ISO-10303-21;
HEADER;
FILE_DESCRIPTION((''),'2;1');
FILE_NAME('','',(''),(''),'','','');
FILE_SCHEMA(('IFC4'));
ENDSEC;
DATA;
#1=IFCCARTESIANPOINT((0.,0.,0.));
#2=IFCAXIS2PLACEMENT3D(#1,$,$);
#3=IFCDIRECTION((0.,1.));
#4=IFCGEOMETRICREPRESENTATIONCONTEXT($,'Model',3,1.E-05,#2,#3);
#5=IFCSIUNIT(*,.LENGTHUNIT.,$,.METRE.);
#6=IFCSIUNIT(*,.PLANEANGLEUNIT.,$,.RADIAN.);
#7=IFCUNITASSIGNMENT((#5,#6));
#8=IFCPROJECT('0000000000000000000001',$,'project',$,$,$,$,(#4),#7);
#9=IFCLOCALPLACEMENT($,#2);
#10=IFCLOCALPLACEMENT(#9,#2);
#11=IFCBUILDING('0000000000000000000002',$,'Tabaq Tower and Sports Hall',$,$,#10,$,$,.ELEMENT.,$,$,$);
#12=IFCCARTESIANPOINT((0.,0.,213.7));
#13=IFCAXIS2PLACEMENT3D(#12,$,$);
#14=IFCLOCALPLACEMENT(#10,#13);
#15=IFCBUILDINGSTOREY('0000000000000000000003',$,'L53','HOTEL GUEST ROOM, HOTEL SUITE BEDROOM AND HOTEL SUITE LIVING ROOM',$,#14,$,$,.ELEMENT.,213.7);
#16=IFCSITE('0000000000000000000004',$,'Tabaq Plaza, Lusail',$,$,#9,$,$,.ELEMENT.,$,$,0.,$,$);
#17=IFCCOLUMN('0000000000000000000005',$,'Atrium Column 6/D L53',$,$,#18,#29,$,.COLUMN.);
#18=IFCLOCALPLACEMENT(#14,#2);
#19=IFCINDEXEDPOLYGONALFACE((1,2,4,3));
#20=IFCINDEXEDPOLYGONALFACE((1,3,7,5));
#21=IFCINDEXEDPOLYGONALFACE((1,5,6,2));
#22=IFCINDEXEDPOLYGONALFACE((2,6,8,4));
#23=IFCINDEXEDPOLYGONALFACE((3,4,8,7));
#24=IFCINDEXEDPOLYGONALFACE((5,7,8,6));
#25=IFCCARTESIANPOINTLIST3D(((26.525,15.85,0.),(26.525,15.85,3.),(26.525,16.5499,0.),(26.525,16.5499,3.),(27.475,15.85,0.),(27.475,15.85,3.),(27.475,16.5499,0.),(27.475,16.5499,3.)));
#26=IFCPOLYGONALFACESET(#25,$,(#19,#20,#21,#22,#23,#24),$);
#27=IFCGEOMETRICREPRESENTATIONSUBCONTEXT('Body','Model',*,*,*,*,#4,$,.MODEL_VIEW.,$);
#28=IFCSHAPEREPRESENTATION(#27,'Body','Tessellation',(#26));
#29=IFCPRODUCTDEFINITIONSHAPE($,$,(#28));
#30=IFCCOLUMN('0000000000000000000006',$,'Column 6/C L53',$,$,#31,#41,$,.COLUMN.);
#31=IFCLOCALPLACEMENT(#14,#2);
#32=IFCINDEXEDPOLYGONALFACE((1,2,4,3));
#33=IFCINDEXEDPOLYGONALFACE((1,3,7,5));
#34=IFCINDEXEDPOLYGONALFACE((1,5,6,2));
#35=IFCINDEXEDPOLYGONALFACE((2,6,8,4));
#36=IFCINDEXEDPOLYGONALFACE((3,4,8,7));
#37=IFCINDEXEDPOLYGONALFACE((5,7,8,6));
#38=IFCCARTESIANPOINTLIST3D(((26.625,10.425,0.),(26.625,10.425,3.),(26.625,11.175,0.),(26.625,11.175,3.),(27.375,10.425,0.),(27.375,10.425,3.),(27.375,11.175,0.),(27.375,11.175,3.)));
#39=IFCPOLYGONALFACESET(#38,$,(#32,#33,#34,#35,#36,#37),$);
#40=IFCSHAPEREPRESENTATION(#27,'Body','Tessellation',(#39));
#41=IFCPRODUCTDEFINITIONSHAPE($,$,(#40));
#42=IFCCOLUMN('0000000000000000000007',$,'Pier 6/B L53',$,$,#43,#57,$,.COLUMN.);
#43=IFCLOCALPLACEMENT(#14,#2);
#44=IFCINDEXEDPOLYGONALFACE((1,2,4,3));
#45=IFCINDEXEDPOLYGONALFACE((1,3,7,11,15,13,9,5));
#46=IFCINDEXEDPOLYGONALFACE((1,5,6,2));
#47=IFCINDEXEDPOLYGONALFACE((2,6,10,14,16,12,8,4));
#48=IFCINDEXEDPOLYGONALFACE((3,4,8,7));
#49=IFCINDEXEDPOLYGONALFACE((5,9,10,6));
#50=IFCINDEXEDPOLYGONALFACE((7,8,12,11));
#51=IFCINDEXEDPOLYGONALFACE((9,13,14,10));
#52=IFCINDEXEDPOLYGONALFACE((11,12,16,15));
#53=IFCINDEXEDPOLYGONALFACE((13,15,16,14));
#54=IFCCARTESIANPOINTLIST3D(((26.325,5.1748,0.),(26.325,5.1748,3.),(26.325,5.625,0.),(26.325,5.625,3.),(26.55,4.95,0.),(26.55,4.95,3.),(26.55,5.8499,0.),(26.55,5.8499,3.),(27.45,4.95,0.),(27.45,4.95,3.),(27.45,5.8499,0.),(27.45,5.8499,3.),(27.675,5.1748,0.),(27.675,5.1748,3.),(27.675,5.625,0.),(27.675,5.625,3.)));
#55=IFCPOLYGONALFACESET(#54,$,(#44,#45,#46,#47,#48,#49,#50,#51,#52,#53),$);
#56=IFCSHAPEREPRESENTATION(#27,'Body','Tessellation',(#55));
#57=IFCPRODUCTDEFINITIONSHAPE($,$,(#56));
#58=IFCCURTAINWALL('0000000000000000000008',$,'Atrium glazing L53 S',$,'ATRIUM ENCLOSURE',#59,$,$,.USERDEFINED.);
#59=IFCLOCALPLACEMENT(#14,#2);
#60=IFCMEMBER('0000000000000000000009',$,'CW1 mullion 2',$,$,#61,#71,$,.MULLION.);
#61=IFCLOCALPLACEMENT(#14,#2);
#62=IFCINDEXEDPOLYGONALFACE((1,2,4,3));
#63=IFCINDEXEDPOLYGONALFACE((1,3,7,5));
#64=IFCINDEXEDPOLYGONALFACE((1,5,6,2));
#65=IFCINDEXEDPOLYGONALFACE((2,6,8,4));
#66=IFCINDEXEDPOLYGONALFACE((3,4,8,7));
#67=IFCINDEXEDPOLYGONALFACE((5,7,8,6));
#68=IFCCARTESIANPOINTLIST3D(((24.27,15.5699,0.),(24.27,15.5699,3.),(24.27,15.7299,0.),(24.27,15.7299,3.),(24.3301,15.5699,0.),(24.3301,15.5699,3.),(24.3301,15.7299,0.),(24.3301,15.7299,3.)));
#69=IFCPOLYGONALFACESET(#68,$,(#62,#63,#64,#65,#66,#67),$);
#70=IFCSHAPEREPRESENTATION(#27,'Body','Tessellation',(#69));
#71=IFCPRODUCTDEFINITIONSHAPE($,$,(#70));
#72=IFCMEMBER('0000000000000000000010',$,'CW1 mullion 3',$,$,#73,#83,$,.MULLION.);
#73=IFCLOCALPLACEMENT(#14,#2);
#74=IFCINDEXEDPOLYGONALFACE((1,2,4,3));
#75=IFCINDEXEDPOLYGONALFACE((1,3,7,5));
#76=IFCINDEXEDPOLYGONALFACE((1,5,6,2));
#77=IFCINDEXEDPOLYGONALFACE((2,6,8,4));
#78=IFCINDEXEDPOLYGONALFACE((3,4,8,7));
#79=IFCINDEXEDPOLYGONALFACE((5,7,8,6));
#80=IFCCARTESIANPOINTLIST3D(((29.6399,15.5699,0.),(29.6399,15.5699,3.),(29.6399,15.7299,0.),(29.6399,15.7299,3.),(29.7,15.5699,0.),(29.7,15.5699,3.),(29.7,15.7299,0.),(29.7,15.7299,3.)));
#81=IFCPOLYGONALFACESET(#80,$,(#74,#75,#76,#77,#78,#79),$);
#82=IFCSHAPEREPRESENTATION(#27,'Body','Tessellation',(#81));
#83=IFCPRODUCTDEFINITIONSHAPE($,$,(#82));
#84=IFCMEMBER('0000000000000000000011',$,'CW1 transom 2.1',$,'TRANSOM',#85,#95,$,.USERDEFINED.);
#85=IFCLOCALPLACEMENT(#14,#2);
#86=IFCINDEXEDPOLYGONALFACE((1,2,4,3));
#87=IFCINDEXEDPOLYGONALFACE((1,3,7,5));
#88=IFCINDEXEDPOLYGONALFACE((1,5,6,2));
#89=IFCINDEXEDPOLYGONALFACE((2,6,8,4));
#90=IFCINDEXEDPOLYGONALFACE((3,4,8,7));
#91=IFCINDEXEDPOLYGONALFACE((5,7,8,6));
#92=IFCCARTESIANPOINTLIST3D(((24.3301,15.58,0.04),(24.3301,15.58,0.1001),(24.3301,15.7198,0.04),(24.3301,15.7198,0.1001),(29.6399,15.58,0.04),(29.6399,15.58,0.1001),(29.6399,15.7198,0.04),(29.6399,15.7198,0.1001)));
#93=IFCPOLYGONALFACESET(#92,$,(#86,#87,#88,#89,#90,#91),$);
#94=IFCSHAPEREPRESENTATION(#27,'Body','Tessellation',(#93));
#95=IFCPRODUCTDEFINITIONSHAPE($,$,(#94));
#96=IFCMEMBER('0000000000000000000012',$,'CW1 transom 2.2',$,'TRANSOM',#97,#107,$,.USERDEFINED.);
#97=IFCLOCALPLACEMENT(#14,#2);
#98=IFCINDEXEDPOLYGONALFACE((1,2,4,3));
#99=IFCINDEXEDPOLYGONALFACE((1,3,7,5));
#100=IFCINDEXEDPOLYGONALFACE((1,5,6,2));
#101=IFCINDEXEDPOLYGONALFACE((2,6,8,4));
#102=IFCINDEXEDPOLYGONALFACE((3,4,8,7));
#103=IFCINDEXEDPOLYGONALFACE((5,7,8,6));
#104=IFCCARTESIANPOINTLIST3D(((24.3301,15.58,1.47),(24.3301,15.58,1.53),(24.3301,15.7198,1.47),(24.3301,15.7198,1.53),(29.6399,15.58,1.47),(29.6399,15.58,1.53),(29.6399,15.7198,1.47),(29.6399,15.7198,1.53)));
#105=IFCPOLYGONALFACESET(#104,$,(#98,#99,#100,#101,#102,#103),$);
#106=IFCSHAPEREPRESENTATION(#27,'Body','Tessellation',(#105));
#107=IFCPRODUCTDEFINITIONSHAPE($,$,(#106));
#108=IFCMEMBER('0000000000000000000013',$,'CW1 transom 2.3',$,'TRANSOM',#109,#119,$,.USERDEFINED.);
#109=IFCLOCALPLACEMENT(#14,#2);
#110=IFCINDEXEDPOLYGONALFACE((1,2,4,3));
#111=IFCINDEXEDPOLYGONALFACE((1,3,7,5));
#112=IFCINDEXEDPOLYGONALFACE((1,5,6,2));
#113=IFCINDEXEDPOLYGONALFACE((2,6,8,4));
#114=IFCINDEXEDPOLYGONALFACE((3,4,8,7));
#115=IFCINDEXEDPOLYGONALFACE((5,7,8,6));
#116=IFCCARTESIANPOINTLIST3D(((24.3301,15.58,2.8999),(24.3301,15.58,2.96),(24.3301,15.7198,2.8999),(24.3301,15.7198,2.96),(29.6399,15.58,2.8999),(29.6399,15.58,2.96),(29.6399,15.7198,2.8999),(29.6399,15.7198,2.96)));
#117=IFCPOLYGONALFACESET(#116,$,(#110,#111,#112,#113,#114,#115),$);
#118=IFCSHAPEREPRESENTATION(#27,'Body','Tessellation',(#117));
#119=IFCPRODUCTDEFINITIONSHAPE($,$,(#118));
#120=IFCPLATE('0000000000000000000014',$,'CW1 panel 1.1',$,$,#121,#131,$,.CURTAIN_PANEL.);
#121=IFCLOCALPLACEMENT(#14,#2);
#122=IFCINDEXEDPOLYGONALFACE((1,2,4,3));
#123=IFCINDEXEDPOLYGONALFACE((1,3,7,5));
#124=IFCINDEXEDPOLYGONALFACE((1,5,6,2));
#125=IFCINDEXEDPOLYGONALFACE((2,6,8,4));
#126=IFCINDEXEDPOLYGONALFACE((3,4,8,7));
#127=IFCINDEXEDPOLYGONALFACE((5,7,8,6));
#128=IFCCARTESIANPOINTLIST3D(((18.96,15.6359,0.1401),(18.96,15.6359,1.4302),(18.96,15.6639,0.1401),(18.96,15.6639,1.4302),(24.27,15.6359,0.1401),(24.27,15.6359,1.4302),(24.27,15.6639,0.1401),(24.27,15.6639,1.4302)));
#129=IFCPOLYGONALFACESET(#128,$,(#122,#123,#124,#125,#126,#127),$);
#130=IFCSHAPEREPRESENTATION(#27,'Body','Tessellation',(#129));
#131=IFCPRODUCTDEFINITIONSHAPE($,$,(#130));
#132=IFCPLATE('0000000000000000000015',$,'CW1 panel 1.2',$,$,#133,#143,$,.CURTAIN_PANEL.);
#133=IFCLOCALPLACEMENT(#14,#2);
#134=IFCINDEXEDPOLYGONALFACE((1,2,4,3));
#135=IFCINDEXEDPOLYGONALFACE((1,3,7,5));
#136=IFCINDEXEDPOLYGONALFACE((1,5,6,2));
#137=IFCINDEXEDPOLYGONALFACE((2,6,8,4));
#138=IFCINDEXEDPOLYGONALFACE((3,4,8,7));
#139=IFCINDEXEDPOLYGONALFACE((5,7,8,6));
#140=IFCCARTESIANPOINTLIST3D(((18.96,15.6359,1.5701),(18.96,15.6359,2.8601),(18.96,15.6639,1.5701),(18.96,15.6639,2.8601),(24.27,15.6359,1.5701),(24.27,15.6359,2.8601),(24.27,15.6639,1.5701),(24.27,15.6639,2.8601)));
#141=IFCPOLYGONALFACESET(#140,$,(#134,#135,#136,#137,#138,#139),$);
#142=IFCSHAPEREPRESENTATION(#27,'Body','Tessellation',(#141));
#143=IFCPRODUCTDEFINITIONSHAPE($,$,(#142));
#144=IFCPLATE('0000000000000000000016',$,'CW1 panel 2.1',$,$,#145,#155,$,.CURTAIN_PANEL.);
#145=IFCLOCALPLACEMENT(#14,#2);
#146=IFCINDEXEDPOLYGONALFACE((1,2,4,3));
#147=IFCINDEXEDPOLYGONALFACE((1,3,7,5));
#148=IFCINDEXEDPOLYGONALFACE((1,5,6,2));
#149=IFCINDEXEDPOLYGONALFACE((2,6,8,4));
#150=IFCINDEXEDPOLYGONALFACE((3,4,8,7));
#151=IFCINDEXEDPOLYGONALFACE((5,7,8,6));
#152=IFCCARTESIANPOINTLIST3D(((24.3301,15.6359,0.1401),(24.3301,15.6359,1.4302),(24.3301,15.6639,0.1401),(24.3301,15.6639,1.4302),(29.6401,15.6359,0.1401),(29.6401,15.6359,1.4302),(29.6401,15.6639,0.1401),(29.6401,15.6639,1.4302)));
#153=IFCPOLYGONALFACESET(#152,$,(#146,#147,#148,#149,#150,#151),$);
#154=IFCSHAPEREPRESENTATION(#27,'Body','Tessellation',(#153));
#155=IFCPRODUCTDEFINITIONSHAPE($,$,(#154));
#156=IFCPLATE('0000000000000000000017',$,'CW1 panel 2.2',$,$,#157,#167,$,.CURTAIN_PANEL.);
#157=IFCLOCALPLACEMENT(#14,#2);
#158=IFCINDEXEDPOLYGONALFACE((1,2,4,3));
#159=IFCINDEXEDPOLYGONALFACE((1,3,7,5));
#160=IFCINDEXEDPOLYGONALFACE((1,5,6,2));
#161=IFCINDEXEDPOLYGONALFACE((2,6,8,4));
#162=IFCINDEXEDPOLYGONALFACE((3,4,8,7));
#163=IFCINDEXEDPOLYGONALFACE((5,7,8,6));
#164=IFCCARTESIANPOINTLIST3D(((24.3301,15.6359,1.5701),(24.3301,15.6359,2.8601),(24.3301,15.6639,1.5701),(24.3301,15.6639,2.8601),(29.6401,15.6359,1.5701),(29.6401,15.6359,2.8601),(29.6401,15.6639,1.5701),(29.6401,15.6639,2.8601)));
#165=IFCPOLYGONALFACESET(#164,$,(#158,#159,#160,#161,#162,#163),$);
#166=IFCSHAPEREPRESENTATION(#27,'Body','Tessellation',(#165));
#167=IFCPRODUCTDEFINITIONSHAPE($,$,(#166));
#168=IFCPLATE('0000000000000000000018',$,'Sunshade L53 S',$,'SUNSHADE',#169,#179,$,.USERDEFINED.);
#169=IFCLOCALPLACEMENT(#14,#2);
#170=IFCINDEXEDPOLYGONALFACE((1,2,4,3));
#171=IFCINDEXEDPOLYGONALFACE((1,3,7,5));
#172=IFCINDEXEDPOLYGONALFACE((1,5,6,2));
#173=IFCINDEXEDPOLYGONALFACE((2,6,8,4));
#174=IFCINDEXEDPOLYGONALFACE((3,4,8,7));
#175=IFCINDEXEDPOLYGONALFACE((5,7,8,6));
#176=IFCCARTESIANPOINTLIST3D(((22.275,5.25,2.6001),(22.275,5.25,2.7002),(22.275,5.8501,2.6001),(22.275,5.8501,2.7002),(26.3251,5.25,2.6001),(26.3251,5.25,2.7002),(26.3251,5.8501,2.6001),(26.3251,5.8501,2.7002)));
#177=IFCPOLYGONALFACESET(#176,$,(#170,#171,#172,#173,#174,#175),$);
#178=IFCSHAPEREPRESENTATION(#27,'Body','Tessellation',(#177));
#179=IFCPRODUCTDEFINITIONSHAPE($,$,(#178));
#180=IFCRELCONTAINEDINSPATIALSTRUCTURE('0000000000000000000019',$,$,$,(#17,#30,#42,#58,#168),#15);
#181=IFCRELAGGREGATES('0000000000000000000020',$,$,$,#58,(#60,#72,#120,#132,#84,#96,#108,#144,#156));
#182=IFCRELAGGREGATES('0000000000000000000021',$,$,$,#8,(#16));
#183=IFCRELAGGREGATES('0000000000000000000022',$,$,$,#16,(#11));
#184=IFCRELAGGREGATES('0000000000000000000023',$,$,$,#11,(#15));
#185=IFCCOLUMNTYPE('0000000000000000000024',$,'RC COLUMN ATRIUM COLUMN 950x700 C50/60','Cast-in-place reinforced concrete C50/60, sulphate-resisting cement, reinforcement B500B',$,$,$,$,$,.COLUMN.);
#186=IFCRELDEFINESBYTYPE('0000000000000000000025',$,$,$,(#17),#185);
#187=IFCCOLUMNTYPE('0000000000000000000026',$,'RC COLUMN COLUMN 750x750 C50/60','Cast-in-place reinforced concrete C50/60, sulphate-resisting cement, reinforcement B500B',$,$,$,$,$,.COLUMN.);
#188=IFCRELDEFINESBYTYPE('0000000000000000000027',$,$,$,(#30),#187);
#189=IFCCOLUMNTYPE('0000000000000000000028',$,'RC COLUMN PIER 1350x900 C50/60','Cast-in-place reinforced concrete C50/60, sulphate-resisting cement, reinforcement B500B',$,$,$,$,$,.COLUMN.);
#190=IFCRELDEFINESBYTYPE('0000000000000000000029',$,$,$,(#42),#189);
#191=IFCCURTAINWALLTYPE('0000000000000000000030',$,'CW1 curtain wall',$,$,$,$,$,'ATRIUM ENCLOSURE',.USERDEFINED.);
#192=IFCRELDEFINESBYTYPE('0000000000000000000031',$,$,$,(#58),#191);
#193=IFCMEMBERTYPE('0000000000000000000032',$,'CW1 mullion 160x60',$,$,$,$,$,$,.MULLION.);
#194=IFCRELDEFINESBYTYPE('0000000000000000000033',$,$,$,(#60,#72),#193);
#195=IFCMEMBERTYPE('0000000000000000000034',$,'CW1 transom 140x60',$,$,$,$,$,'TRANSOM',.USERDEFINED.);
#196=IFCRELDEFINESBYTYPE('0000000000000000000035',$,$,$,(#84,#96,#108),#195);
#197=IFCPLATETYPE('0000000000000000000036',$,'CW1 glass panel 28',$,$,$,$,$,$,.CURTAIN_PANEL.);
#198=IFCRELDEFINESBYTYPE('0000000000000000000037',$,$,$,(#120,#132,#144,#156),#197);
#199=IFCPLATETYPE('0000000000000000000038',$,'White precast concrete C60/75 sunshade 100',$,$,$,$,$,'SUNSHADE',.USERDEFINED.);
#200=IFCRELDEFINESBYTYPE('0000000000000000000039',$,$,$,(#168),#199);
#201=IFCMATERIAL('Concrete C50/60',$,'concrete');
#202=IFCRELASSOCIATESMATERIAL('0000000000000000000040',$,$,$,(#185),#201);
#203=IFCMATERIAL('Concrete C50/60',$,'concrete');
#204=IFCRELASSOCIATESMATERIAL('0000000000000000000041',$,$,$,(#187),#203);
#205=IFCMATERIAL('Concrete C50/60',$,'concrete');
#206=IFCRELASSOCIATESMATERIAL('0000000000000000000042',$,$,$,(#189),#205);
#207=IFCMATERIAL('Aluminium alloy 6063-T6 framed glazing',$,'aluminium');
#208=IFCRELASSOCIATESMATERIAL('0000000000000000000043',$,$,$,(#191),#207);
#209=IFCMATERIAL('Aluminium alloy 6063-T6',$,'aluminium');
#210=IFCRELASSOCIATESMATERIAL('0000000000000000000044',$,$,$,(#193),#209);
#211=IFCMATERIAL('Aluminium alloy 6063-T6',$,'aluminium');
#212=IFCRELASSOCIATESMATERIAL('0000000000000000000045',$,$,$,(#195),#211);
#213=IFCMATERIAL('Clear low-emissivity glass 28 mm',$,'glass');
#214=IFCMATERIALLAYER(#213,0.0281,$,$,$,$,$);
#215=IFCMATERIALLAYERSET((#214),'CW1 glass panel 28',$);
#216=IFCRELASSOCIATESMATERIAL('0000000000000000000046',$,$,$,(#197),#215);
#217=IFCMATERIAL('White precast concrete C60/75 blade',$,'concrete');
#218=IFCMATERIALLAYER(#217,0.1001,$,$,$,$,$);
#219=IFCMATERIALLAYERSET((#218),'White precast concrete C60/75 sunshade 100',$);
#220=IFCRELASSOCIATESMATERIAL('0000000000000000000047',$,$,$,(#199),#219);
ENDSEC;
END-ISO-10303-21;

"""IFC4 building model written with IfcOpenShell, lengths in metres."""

from ifc_helpers import new_model, si_unit, direction, frame, origin, origin_2d, place, context, subcontext, project, spatial, polyline, rectangle, outline, extrude, material, layer, layer_set, material_profile, profile_set, type_object, element, aggregate, save


model = new_model("IFC4")

# Units and contexts
model_context = context("Model", 3, precision=1e-05, world=origin(), true_north=direction((0.0, 1.0)))
body_context = subcontext(model_context, "Body", "Model", "MODEL_VIEW")
ifc_project = project(units=[si_unit("LENGTHUNIT", "METRE"), si_unit("PLANEANGLEUNIT", "RADIAN")], contexts=[model_context])

# Site, building, storey
site_placement = place(None, origin())
site = spatial("IfcSite", under=ifc_project, at=site_placement, Name="Tabaq Plaza, Lusail", CompositionType="ELEMENT", RefElevation=0.0)
building_placement = place(site_placement, origin())
building = spatial("IfcBuilding", under=site, at=building_placement, Name="Tabaq Tower and Sports Hall", CompositionType="ELEMENT")
storey_placement = place(building_placement, frame((0.0, 0.0, 213.7)))
storey = spatial("IfcBuildingStorey", under=building, at=storey_placement, Name="L53", Description="HOTEL GUEST ROOM, HOTEL SUITE BEDROOM AND HOTEL SUITE LIVING ROOM", CompositionType="ELEMENT", Elevation=213.7)

# Columns
ifc_material_1 = material(Name="Concrete C50/60", Category="concrete")
ifc_material_profile_1 = material_profile(ifc_material_1, rectangle(XDim=0.95, YDim=0.7, at=origin_2d()), Name="ATRIUM COLUMN 950x700")
ifc_profile_set_1 = profile_set([ifc_material_profile_1], Name="Concrete C50/60")
column_type_1 = type_object("IfcColumnType", Name="RC COLUMN ATRIUM COLUMN 950x700 C50/60", Description="Cast-in-place reinforced concrete C50/60, sulphate-resisting cement, reinforcement B500B", PredefinedType="COLUMN", material=ifc_profile_set_1)
column_1_placement = place(storey_placement, frame((27.0, 16.2, 0.0), z_axis=(0.0, 0.0, 1.0), x_axis=(1.0, 0.0, 0.0)))
element("IfcColumn", 1, at=column_1_placement, inside=storey, type_object=column_type_1, Name="Atrium Column 6/D L53", PredefinedType="COLUMN", context=body_context, shape_type="SweptSolid", body=[
    extrude(rectangle(XDim=0.95, YDim=0.7, at=origin_2d()), origin(), (0.0, 0.0, 1.0), 3.0),
])
ifc_material_2 = material(Name="Concrete C50/60", Category="concrete")
ifc_material_profile_2 = material_profile(ifc_material_2, rectangle(XDim=0.75, YDim=0.75, at=origin_2d()), Name="COLUMN 750x750")
ifc_profile_set_2 = profile_set([ifc_material_profile_2], Name="Concrete C50/60")
column_type_2 = type_object("IfcColumnType", Name="RC COLUMN COLUMN 750x750 C50/60", Description="Cast-in-place reinforced concrete C50/60, sulphate-resisting cement, reinforcement B500B", PredefinedType="COLUMN", material=ifc_profile_set_2)
column_2_placement = place(storey_placement, frame((27.0, 10.8, 0.0), z_axis=(0.0, 0.0, 1.0), x_axis=(1.0, 0.0, 0.0)))
element("IfcColumn", 2, at=column_2_placement, inside=storey, type_object=column_type_2, Name="Column 6/C L53", PredefinedType="COLUMN", context=body_context, shape_type="SweptSolid", body=[
    extrude(rectangle(XDim=0.75, YDim=0.75, at=origin_2d()), origin(), (0.0, 0.0, 1.0), 3.0),
])
ifc_material_3 = material(Name="Concrete C50/60", Category="concrete")
ifc_material_profile_3 = material_profile(ifc_material_3, outline(polyline([(-0.45, -0.45), (0.45, -0.45), (0.675, -0.2251), (0.675, 0.2251), (0.45, 0.45), (-0.45, 0.45), (-0.675, 0.2251), (-0.675, -0.2251), (-0.45, -0.45)])), Name="PIER 1350x900")
ifc_profile_set_3 = profile_set([ifc_material_profile_3], Name="Concrete C50/60")
column_type_3 = type_object("IfcColumnType", Name="RC COLUMN PIER 1350x900 C50/60", Description="Cast-in-place reinforced concrete C50/60, sulphate-resisting cement, reinforcement B500B", PredefinedType="COLUMN", material=ifc_profile_set_3)
column_3_placement = place(storey_placement, frame((27.0, 5.3999, 0.0), z_axis=(0.0, 0.0, 1.0), x_axis=(1.0, 0.0, 0.0)))
element("IfcColumn", 3, at=column_3_placement, inside=storey, type_object=column_type_3, Name="Pier 6/B L53", PredefinedType="COLUMN", context=body_context, shape_type="SweptSolid", body=[
    extrude(outline(polyline([(-0.45, -0.45), (0.45, -0.45), (0.675, -0.2251), (0.675, 0.2251), (0.45, 0.45), (-0.45, 0.45), (-0.675, 0.2251), (-0.675, -0.2251), (-0.45, -0.45)])), origin(), (0.0, 0.0, 1.0), 3.0),
])

# Curtain wall, members, plates
ifc_material_4 = material(Name="Aluminium alloy 6063-T6 framed glazing", Category="aluminium")
curtain_wall_type = type_object("IfcCurtainWallType", Name="CW1 curtain wall", ElementType="ATRIUM ENCLOSURE", PredefinedType="USERDEFINED", material=ifc_material_4)
curtain_wall_placement = place(storey_placement, origin())
curtain_wall = element("IfcCurtainWall", 4, at=curtain_wall_placement, inside=storey, type_object=curtain_wall_type, Name="Atrium glazing L53 S", ObjectType="ATRIUM ENCLOSURE", PredefinedType="USERDEFINED")
ifc_material_5 = material(Name="Aluminium alloy 6063-T6", Category="aluminium")
ifc_material_profile_4 = material_profile(ifc_material_5, rectangle(XDim=0.1599, YDim=0.0601, at=origin_2d()), Name="MULLION 160x60")
ifc_profile_set_4 = profile_set([ifc_material_profile_4], Name="Aluminium alloy 6063-T6")
member_type_1 = type_object("IfcMemberType", Name="CW1 mullion 160x60", PredefinedType="MULLION", material=ifc_profile_set_4)
member_1_placement = place(storey_placement, frame((24.3, 15.6499, 0.0), z_axis=(0.0, 0.0, 1.0), x_axis=(0.0, 1.0, 0.0)))
member_1 = element("IfcMember", 5, at=member_1_placement, type_object=member_type_1, Name="CW1 mullion 2", PredefinedType="MULLION", context=body_context, shape_type="SweptSolid", body=[
    extrude(rectangle(XDim=0.1599, YDim=0.0601, at=origin_2d()), origin(), (0.0, 0.0, 1.0), 3.0),
])
member_2_placement = place(storey_placement, frame((29.6699, 15.6499, 0.0), z_axis=(0.0, 0.0, 1.0), x_axis=(0.0, 1.0, 0.0)))
member_2 = element("IfcMember", 6, at=member_2_placement, type_object=member_type_1, Name="CW1 mullion 3", PredefinedType="MULLION", context=body_context, shape_type="SweptSolid", body=[
    extrude(rectangle(XDim=0.1599, YDim=0.0601, at=origin_2d()), origin(), (0.0, 0.0, 1.0), 3.0),
])
ifc_material_6 = material(Name="Aluminium alloy 6063-T6", Category="aluminium")
ifc_material_profile_5 = material_profile(ifc_material_6, rectangle(XDim=0.1399, YDim=0.0601, at=origin_2d()), Name="TRANSOM 140x60")
ifc_profile_set_5 = profile_set([ifc_material_profile_5], Name="Aluminium alloy 6063-T6")
member_type_2 = type_object("IfcMemberType", Name="CW1 transom 140x60", ElementType="TRANSOM", PredefinedType="USERDEFINED", material=ifc_profile_set_5)
member_3_placement = place(storey_placement, frame((24.3301, 15.6499, 0.0701), z_axis=(1.0, 0.0, 0.0), x_axis=(0.0, 1.0, 0.0)))
member_3 = element("IfcMember", 7, at=member_3_placement, type_object=member_type_2, Name="CW1 transom 2.1", ObjectType="TRANSOM", PredefinedType="USERDEFINED", context=body_context, shape_type="SweptSolid", body=[
    extrude(rectangle(XDim=0.1399, YDim=0.0601, at=origin_2d()), origin(), (0.0, 0.0, 1.0), 5.3098),
])
member_4_placement = place(storey_placement, frame((24.3301, 15.6499, 1.5), z_axis=(1.0, 0.0, 0.0), x_axis=(0.0, 1.0, 0.0)))
member_4 = element("IfcMember", 8, at=member_4_placement, type_object=member_type_2, Name="CW1 transom 2.2", ObjectType="TRANSOM", PredefinedType="USERDEFINED", context=body_context, shape_type="SweptSolid", body=[
    extrude(rectangle(XDim=0.1399, YDim=0.0601, at=origin_2d()), origin(), (0.0, 0.0, 1.0), 5.3098),
])
member_5_placement = place(storey_placement, frame((24.3301, 15.6499, 2.9299), z_axis=(1.0, 0.0, 0.0), x_axis=(0.0, 1.0, 0.0)))
member_5 = element("IfcMember", 9, at=member_5_placement, type_object=member_type_2, Name="CW1 transom 2.3", ObjectType="TRANSOM", PredefinedType="USERDEFINED", context=body_context, shape_type="SweptSolid", body=[
    extrude(rectangle(XDim=0.1399, YDim=0.0601, at=origin_2d()), origin(), (0.0, 0.0, 1.0), 5.3098),
])
ifc_material_7 = material(Name="Clear low-emissivity glass 28 mm", Category="glass")
ifc_layer_1 = layer(ifc_material_7, 0.0281)
ifc_layer_set_1 = layer_set([ifc_layer_1], Name="CW1 glass panel 28")
plate_type_1 = type_object("IfcPlateType", Name="CW1 glass panel 28", PredefinedType="CURTAIN_PANEL", material=ifc_layer_set_1)
plate_1_placement = place(storey_placement, frame((21.615, 15.6499, 0.1401), z_axis=(0.0, 0.0, 1.0), x_axis=(1.0, 0.0, 0.0)))
plate_1 = element("IfcPlate", 10, at=plate_1_placement, type_object=plate_type_1, Name="CW1 panel 1.1", PredefinedType="CURTAIN_PANEL", context=body_context, shape_type="SweptSolid", body=[
    extrude(rectangle(XDim=5.3101, YDim=0.0281, at=origin_2d()), origin(), (0.0, 0.0, 1.0), 1.29),
])
plate_2_placement = place(storey_placement, frame((21.615, 15.6499, 1.5701), z_axis=(0.0, 0.0, 1.0), x_axis=(1.0, 0.0, 0.0)))
plate_2 = element("IfcPlate", 11, at=plate_2_placement, type_object=plate_type_1, Name="CW1 panel 1.2", PredefinedType="CURTAIN_PANEL", context=body_context, shape_type="SweptSolid", body=[
    extrude(rectangle(XDim=5.3101, YDim=0.0281, at=origin_2d()), origin(), (0.0, 0.0, 1.0), 1.29),
])
plate_3_placement = place(storey_placement, frame((26.9851, 15.6499, 0.1401), z_axis=(0.0, 0.0, 1.0), x_axis=(1.0, 0.0, 0.0)))
plate_3 = element("IfcPlate", 12, at=plate_3_placement, type_object=plate_type_1, Name="CW1 panel 2.1", PredefinedType="CURTAIN_PANEL", context=body_context, shape_type="SweptSolid", body=[
    extrude(rectangle(XDim=5.3101, YDim=0.0281, at=origin_2d()), origin(), (0.0, 0.0, 1.0), 1.29),
])
plate_4_placement = place(storey_placement, frame((26.9851, 15.6499, 1.5701), z_axis=(0.0, 0.0, 1.0), x_axis=(1.0, 0.0, 0.0)))
plate_4 = element("IfcPlate", 13, at=plate_4_placement, type_object=plate_type_1, Name="CW1 panel 2.2", PredefinedType="CURTAIN_PANEL", context=body_context, shape_type="SweptSolid", body=[
    extrude(rectangle(XDim=5.3101, YDim=0.0281, at=origin_2d()), origin(), (0.0, 0.0, 1.0), 1.29),
])
aggregate(curtain_wall, [member_1, member_2, plate_1, plate_2, member_3, member_4, member_5, plate_3, plate_4])

# Plate
ifc_material_8 = material(Name="White precast concrete C60/75 blade", Category="concrete")
ifc_layer_2 = layer(ifc_material_8, 0.1001)
ifc_layer_set_2 = layer_set([ifc_layer_2], Name="White precast concrete C60/75 sunshade 100")
plate_type_2 = type_object("IfcPlateType", Name="White precast concrete C60/75 sunshade 100", ElementType="SUNSHADE", PredefinedType="USERDEFINED", material=ifc_layer_set_2)
plate_5_placement = place(storey_placement, frame((24.3, 5.55, 2.6001), z_axis=(0.0, 0.0, 1.0), x_axis=(1.0, 0.0, 0.0)))
element("IfcPlate", 14, at=plate_5_placement, inside=storey, type_object=plate_type_2, Name="Sunshade L53 S", ObjectType="SUNSHADE", PredefinedType="USERDEFINED", context=body_context, shape_type="SweptSolid", body=[
    extrude(rectangle(XDim=4.05, YDim=0.6001, at=origin_2d()), origin(), (0.0, 0.0, 1.0), 0.1001),
])

save(model, "model.ifc")
